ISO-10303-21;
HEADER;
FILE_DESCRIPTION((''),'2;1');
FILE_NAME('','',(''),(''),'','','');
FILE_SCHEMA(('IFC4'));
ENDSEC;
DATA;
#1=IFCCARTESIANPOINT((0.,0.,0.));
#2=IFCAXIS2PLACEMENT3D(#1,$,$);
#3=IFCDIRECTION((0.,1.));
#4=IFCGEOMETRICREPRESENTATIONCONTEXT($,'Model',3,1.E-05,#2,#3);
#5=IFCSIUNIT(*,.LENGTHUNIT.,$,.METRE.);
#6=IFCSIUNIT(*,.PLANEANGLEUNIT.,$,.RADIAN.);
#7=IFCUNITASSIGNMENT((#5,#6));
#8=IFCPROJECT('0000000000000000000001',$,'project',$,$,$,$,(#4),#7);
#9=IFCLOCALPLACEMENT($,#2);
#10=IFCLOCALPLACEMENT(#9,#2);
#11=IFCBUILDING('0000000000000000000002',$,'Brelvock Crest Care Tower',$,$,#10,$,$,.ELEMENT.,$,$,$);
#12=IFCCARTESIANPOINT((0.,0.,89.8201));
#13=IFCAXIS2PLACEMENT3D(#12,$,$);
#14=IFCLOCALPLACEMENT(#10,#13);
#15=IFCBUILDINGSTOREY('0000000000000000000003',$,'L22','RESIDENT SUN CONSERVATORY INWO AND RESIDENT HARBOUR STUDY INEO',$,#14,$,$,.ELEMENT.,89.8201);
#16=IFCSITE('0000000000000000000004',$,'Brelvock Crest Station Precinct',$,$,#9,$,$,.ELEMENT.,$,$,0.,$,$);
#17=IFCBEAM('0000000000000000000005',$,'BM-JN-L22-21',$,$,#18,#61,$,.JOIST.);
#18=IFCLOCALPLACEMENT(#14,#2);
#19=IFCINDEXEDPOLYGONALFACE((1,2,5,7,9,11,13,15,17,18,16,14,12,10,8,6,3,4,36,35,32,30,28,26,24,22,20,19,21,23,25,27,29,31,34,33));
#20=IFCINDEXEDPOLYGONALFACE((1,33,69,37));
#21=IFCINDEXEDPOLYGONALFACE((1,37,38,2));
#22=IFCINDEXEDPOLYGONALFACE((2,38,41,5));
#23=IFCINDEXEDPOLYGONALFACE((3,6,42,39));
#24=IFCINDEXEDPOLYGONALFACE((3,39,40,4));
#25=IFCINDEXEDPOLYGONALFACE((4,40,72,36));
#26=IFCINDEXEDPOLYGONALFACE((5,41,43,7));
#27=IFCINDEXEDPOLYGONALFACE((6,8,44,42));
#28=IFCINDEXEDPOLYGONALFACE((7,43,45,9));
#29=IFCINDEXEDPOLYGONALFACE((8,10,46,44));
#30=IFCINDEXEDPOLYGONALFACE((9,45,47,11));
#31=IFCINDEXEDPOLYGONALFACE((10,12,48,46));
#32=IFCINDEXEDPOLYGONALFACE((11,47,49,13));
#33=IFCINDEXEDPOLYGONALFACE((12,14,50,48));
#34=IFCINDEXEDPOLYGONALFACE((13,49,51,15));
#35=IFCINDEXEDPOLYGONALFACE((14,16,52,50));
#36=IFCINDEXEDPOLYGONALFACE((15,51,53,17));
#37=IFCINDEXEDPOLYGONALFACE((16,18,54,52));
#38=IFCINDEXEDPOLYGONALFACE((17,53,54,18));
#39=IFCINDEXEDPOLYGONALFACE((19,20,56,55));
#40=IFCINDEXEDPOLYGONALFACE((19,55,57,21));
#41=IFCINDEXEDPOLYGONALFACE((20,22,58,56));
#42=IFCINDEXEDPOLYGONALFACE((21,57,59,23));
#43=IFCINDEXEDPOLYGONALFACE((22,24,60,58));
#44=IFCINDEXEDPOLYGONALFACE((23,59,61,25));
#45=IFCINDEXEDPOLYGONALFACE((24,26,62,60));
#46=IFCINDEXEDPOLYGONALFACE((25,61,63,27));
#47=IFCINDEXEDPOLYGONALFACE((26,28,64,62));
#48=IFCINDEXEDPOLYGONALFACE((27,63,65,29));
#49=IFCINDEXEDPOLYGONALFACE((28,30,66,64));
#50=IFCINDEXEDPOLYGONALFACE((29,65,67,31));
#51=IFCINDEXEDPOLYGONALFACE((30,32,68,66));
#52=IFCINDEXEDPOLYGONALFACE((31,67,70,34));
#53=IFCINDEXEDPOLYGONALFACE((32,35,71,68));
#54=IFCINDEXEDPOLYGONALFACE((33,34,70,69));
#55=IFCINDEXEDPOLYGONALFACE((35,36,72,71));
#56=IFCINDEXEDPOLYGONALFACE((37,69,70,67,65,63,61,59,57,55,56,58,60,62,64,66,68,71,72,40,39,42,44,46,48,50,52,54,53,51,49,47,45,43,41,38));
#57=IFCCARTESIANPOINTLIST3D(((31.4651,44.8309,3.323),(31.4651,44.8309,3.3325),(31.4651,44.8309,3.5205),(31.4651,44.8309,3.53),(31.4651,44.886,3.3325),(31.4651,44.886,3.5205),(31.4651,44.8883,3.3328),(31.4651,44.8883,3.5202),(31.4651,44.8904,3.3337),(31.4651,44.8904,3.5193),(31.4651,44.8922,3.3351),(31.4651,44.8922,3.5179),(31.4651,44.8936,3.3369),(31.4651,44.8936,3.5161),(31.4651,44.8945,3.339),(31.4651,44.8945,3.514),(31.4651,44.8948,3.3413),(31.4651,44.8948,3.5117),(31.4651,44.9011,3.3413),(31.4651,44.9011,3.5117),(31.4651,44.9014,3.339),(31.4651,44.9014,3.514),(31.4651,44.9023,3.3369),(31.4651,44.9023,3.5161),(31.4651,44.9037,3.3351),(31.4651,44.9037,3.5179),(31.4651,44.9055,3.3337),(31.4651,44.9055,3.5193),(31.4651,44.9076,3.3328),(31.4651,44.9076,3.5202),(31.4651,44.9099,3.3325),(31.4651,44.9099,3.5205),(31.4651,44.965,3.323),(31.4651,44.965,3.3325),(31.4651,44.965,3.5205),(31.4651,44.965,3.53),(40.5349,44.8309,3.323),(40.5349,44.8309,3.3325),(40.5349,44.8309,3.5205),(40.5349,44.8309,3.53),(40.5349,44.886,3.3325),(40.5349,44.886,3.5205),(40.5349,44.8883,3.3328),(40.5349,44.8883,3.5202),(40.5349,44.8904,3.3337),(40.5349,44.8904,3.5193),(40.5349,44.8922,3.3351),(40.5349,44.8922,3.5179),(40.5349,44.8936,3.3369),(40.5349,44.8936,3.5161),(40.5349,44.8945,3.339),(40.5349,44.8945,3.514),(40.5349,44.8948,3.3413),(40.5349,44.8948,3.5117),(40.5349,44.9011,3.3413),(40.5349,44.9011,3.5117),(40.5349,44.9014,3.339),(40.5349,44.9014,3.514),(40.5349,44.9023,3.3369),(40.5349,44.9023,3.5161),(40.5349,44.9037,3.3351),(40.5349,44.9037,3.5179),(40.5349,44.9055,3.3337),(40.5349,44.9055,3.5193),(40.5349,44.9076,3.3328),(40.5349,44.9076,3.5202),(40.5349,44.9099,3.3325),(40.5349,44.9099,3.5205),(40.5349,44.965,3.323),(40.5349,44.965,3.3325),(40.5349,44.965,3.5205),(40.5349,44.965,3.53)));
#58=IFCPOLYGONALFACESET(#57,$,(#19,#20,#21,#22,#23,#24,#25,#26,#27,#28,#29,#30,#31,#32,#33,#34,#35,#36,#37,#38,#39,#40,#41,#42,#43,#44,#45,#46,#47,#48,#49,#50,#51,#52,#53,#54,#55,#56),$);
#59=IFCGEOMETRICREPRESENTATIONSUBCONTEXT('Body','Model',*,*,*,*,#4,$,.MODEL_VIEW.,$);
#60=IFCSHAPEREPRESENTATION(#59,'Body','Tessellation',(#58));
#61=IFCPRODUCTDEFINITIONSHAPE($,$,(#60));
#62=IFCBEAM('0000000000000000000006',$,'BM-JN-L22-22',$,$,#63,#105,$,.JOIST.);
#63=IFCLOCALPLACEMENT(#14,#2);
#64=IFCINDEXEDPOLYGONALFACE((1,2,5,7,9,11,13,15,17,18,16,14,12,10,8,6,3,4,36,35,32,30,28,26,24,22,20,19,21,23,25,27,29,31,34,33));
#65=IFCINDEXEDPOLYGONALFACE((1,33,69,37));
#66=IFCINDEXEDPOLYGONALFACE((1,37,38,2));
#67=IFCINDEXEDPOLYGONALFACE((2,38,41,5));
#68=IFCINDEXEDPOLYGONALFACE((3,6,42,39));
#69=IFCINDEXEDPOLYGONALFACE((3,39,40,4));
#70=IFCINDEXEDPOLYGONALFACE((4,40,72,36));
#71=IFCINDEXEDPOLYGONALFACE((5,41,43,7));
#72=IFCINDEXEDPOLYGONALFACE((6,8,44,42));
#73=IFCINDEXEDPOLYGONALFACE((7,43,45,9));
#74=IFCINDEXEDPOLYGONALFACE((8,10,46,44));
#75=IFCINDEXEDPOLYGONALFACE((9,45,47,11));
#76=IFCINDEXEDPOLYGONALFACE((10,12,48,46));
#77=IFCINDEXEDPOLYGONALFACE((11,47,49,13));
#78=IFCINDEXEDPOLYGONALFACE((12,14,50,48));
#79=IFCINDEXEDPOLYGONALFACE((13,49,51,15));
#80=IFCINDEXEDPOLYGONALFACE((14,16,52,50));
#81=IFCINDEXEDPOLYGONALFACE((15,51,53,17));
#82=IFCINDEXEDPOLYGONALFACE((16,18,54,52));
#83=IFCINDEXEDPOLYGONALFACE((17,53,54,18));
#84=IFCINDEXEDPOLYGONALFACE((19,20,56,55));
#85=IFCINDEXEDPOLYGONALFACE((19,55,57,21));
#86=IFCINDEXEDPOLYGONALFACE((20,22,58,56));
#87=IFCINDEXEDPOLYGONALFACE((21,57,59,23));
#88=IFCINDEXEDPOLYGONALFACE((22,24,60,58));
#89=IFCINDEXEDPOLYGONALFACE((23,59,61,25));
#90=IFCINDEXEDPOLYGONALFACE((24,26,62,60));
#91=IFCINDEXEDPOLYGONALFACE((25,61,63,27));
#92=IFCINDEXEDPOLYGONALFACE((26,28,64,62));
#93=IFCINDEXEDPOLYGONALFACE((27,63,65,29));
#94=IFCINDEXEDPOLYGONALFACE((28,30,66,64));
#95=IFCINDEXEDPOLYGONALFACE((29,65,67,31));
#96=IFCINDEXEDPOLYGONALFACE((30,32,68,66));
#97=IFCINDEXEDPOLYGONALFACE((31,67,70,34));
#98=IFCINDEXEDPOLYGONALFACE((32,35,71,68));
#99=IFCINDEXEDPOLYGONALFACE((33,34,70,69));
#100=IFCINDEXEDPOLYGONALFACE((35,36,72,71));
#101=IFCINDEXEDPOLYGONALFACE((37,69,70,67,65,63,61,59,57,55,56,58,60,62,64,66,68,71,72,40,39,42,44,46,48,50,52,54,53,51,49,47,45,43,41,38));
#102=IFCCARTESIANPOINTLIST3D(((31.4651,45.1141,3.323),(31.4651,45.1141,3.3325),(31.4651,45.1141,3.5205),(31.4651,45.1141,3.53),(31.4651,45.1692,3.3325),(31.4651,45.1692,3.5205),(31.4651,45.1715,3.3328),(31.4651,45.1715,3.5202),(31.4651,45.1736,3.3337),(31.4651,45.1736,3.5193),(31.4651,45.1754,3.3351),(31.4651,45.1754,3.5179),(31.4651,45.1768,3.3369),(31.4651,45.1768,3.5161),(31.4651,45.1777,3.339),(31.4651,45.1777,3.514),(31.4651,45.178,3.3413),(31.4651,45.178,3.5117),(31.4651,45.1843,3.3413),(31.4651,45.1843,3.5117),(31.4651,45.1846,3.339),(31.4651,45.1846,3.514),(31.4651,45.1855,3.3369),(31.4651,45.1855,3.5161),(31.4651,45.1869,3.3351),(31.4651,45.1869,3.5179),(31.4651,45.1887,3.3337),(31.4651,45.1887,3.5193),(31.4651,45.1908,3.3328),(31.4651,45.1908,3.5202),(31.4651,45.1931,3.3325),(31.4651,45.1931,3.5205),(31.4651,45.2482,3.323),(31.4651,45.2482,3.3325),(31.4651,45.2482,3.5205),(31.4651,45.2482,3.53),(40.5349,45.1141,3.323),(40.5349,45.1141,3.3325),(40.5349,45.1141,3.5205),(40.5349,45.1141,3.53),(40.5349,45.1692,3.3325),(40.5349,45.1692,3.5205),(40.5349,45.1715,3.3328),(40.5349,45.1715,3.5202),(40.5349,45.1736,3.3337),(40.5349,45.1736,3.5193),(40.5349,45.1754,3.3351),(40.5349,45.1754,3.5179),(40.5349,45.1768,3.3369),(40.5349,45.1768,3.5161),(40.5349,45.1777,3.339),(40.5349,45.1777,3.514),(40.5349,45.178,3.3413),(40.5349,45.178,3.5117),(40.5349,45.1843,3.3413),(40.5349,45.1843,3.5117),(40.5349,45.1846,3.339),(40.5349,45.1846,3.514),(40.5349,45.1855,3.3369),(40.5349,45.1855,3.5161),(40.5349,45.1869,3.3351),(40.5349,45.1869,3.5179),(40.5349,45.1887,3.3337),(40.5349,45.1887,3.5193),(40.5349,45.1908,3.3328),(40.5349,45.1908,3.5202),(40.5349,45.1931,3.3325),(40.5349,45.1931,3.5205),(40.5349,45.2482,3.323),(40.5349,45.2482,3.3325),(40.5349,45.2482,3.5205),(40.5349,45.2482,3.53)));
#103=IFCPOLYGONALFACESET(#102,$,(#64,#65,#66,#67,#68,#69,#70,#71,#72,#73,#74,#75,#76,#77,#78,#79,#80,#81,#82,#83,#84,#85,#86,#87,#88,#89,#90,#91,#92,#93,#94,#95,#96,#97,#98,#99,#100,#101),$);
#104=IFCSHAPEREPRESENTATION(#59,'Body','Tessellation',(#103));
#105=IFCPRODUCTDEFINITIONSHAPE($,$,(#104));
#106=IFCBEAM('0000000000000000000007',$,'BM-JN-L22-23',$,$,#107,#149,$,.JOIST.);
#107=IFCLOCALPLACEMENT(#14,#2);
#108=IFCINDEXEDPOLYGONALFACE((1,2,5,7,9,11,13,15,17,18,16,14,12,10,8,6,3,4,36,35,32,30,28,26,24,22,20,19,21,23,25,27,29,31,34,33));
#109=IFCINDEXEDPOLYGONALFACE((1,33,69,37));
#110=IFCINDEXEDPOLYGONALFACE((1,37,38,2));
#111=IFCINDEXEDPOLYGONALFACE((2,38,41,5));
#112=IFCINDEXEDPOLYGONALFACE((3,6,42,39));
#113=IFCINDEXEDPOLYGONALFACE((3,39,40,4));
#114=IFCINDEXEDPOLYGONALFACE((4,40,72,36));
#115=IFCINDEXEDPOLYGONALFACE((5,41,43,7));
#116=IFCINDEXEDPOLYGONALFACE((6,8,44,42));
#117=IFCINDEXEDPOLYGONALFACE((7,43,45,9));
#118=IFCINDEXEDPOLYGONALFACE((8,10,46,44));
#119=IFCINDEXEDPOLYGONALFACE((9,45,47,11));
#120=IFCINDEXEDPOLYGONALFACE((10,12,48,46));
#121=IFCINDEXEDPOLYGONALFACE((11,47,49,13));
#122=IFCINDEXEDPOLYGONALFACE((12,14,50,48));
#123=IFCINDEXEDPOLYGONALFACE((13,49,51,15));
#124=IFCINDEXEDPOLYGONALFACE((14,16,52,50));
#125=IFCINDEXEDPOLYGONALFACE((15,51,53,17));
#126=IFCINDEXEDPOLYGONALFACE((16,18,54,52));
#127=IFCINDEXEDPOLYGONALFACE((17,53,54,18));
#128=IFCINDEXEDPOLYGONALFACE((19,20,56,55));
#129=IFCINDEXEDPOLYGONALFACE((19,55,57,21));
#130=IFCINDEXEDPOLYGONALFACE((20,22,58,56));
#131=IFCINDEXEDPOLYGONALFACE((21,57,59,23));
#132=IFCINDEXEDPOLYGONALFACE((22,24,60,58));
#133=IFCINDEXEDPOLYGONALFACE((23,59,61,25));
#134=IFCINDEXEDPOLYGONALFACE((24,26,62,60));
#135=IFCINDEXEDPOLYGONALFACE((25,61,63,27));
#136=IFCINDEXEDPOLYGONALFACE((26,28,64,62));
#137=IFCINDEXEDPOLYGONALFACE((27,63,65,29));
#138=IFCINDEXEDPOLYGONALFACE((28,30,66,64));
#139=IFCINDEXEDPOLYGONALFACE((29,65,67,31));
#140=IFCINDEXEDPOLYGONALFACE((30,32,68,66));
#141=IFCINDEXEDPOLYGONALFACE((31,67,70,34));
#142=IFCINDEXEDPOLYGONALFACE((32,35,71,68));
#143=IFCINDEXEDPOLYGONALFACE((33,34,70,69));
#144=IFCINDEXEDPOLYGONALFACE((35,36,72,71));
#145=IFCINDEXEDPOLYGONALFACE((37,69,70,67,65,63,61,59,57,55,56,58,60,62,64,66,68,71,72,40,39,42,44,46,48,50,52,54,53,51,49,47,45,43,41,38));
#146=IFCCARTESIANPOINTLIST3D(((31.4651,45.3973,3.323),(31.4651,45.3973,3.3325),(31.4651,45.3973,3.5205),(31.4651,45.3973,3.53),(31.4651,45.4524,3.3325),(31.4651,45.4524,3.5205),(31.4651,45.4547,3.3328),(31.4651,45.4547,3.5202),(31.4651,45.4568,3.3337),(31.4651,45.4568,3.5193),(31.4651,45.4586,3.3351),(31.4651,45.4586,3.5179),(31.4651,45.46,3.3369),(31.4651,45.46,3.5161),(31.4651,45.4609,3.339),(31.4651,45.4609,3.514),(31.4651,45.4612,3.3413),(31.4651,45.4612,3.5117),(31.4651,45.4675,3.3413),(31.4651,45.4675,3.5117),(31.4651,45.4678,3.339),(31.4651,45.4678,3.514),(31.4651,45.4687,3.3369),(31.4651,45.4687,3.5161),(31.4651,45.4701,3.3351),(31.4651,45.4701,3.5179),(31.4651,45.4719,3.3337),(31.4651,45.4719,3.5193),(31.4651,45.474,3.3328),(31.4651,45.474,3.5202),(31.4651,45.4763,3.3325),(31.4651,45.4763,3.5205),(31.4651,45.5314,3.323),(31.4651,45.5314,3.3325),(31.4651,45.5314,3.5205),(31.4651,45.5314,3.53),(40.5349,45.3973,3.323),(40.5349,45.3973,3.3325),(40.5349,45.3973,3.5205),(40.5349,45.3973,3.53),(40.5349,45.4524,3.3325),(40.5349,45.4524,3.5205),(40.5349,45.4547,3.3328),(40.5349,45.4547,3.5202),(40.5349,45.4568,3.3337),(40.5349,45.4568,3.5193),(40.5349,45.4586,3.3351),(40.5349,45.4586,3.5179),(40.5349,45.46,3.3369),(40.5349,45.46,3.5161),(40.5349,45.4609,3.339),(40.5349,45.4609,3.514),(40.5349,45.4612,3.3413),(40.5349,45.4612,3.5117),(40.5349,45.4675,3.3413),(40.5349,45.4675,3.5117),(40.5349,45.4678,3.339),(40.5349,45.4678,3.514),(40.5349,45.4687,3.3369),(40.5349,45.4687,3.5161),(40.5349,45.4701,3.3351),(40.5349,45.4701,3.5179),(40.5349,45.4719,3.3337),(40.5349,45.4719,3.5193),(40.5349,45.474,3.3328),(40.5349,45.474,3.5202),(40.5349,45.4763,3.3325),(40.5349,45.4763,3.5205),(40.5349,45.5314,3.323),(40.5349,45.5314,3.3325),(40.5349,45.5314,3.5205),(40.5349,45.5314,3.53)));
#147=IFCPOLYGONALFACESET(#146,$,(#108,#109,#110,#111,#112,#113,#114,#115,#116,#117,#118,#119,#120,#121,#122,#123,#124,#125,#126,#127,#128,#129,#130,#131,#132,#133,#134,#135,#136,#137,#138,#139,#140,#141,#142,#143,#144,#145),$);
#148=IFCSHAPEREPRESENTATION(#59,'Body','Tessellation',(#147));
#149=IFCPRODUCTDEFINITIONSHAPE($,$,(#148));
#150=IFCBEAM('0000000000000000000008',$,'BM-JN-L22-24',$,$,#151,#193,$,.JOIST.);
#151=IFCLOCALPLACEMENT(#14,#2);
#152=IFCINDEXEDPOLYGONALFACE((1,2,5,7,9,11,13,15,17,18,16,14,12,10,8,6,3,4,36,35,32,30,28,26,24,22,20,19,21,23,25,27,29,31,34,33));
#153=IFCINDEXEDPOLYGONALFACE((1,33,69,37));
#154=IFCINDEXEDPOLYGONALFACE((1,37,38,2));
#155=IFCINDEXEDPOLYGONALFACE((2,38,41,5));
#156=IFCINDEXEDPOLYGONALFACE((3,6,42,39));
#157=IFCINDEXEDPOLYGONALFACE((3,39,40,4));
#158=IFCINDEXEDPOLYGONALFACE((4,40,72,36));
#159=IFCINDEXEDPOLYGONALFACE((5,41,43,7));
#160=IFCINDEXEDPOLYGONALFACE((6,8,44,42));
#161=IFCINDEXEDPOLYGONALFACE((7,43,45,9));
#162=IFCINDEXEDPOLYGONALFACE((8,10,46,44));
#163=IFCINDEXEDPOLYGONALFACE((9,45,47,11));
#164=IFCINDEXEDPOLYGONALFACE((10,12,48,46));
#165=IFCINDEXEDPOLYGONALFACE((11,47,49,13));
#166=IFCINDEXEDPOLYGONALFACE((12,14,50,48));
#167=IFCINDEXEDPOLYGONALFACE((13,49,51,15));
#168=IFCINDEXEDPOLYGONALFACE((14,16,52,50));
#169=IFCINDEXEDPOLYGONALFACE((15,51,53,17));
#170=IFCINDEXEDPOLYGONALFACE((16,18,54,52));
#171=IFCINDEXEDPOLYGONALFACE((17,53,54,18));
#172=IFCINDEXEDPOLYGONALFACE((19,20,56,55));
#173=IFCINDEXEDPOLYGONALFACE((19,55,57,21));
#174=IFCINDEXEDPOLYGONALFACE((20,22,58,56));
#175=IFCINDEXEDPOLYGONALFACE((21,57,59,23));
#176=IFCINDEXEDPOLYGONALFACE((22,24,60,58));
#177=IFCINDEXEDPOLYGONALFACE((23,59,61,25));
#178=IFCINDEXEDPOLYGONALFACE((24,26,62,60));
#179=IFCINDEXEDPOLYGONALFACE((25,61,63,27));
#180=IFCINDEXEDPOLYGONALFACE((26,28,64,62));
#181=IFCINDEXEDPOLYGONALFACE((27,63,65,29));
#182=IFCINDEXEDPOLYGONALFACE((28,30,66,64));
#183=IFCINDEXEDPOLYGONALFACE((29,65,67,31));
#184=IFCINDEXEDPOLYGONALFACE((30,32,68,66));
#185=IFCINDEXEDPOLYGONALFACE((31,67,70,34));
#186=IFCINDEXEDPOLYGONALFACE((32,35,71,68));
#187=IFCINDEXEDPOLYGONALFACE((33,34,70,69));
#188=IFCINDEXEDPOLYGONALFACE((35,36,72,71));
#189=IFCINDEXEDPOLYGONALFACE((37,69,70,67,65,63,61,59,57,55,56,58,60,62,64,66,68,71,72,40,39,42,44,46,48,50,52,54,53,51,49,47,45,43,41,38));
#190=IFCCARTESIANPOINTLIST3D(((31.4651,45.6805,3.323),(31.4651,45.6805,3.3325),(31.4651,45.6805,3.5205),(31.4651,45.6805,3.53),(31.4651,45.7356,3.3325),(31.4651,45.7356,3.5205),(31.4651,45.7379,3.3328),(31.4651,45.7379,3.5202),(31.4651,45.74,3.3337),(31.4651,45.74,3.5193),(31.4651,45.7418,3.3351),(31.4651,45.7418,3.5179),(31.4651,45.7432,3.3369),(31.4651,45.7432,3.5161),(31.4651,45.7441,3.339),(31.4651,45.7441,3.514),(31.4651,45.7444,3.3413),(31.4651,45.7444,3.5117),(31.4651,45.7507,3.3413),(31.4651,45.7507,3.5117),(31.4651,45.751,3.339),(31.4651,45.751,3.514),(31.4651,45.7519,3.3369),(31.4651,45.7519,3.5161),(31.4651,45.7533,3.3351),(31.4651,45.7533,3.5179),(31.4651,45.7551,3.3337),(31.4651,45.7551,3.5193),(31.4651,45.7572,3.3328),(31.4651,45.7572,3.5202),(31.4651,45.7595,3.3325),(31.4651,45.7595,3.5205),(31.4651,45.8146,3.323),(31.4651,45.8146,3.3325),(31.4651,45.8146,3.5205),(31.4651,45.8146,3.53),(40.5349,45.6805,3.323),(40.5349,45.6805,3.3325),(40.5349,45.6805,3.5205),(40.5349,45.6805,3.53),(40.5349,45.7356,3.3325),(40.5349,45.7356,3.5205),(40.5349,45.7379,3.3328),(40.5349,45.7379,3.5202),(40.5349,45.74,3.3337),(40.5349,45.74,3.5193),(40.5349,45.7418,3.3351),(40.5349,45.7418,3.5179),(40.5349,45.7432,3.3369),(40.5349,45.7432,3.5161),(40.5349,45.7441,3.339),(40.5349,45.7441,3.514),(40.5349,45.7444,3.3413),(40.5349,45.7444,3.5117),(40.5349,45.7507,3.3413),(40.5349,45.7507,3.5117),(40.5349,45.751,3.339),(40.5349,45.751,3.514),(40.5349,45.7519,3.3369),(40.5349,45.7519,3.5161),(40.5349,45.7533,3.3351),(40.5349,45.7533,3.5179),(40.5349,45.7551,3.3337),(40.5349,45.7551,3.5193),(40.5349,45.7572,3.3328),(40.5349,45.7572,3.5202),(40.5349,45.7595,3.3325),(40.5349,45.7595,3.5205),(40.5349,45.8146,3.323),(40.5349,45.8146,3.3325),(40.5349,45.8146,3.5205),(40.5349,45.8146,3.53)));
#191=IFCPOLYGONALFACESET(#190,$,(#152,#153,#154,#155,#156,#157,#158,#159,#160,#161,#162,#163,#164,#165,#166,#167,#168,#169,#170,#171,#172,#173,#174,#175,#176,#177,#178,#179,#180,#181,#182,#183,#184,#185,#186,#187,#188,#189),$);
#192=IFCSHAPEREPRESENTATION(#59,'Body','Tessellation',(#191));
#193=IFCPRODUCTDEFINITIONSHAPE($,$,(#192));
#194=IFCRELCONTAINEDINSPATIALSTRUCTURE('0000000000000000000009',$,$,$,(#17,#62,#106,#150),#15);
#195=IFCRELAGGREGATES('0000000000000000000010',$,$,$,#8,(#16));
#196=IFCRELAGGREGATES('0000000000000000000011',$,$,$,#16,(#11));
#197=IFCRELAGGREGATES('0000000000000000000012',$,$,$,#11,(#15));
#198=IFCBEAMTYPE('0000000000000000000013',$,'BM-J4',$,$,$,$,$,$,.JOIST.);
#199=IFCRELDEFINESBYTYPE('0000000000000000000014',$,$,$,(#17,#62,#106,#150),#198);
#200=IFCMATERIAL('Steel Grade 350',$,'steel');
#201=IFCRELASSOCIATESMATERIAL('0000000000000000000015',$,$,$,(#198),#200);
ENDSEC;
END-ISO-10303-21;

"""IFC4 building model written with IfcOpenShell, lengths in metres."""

from ifc_helpers import new_model, si_unit, direction, frame, origin, origin_2d, place, context, subcontext, project, spatial, i_section, extrude, source, transform, mapped, material, material_profile, profile_set, type_object, element, save


model = new_model("IFC4")

# Units and contexts
model_context = context("Model", 3, precision=1e-05, world=origin(), true_north=direction((0.0, 1.0)))
body_context = subcontext(model_context, "Body", "Model", "MODEL_VIEW")
ifc_project = project(units=[si_unit("LENGTHUNIT", "METRE"), si_unit("PLANEANGLEUNIT", "RADIAN")], contexts=[model_context])

# Site, building, storey
site_placement = place(None, origin())
site = spatial("IfcSite", under=ifc_project, at=site_placement, Name="Brelvock Crest Station Precinct", CompositionType="ELEMENT", RefElevation=0.0)
building_placement = place(site_placement, origin())
building = spatial("IfcBuilding", under=site, at=building_placement, Name="Brelvock Crest Care Tower", CompositionType="ELEMENT")
storey_placement = place(building_placement, frame((0.0, 0.0, 89.8201)))
storey = spatial("IfcBuildingStorey", under=building, at=storey_placement, Name="L22", Description="RESIDENT SUN CONSERVATORY INWO AND RESIDENT HARBOUR STUDY INEO", CompositionType="ELEMENT", Elevation=89.8201)

# Shared definitions
ifc_material_1 = material(Name="Steel Grade 350", Category="steel")

# Beams
ifc_material_profile_1 = material_profile(ifc_material_1, i_section(OverallWidth=0.134, OverallDepth=0.207, WebThickness=0.0063, FlangeThickness=0.0095, FilletRadius=0.0088, at=origin_2d()), Name="200UB29.8")
ifc_profile_set_1 = profile_set([ifc_material_profile_1], Name="Steel Grade 350")
beam_type_1 = type_object("IfcBeamType", Name="BM-J4", PredefinedType="JOIST", material=ifc_profile_set_1)
shared_shape_1 = source(origin(), body_context, "Body", "SweptSolid", [
    extrude(i_section(OverallWidth=0.134, OverallDepth=0.207, WebThickness=0.0063, FlangeThickness=0.0095, FilletRadius=0.0088, at=origin_2d()), origin(), (0.0, 0.0, 1.0), 9.0698),
])
for number, where, z_axis, x_axis, name in (
    (1, (31.4651, 44.8979, 3.4265), (1.0, 0.0, 0.0), (0.0, 1.0, 0.0), "BM-JN-L22-21"),
    (2, (31.4651, 45.1812, 3.4265), (1.0, 0.0, 0.0), (0.0, 1.0, 0.0), "BM-JN-L22-22"),
    (3, (31.4651, 45.4644, 3.4265), (1.0, 0.0, 0.0), (0.0, 1.0, 0.0), "BM-JN-L22-23"),
    (4, (31.4651, 45.7476, 3.4265), (1.0, 0.0, 0.0), (0.0, 1.0, 0.0), "BM-JN-L22-24"),
):
    element("IfcBeam", number, at=place(storey_placement, frame(where, z_axis=z_axis, x_axis=x_axis)), inside=storey, type_object=beam_type_1, Name=name, PredefinedType="JOIST", context=body_context, shape_type="MappedRepresentation", body=[
        mapped(shared_shape_1, transform((0.0, 0.0, 0.0), x_axis=(1.0, 0.0, 0.0), y_axis=(0.0, 1.0, 0.0), z_axis=(0.0, 0.0, 1.0), scale=1.0)),
    ])

save(model, "model.ifc")
